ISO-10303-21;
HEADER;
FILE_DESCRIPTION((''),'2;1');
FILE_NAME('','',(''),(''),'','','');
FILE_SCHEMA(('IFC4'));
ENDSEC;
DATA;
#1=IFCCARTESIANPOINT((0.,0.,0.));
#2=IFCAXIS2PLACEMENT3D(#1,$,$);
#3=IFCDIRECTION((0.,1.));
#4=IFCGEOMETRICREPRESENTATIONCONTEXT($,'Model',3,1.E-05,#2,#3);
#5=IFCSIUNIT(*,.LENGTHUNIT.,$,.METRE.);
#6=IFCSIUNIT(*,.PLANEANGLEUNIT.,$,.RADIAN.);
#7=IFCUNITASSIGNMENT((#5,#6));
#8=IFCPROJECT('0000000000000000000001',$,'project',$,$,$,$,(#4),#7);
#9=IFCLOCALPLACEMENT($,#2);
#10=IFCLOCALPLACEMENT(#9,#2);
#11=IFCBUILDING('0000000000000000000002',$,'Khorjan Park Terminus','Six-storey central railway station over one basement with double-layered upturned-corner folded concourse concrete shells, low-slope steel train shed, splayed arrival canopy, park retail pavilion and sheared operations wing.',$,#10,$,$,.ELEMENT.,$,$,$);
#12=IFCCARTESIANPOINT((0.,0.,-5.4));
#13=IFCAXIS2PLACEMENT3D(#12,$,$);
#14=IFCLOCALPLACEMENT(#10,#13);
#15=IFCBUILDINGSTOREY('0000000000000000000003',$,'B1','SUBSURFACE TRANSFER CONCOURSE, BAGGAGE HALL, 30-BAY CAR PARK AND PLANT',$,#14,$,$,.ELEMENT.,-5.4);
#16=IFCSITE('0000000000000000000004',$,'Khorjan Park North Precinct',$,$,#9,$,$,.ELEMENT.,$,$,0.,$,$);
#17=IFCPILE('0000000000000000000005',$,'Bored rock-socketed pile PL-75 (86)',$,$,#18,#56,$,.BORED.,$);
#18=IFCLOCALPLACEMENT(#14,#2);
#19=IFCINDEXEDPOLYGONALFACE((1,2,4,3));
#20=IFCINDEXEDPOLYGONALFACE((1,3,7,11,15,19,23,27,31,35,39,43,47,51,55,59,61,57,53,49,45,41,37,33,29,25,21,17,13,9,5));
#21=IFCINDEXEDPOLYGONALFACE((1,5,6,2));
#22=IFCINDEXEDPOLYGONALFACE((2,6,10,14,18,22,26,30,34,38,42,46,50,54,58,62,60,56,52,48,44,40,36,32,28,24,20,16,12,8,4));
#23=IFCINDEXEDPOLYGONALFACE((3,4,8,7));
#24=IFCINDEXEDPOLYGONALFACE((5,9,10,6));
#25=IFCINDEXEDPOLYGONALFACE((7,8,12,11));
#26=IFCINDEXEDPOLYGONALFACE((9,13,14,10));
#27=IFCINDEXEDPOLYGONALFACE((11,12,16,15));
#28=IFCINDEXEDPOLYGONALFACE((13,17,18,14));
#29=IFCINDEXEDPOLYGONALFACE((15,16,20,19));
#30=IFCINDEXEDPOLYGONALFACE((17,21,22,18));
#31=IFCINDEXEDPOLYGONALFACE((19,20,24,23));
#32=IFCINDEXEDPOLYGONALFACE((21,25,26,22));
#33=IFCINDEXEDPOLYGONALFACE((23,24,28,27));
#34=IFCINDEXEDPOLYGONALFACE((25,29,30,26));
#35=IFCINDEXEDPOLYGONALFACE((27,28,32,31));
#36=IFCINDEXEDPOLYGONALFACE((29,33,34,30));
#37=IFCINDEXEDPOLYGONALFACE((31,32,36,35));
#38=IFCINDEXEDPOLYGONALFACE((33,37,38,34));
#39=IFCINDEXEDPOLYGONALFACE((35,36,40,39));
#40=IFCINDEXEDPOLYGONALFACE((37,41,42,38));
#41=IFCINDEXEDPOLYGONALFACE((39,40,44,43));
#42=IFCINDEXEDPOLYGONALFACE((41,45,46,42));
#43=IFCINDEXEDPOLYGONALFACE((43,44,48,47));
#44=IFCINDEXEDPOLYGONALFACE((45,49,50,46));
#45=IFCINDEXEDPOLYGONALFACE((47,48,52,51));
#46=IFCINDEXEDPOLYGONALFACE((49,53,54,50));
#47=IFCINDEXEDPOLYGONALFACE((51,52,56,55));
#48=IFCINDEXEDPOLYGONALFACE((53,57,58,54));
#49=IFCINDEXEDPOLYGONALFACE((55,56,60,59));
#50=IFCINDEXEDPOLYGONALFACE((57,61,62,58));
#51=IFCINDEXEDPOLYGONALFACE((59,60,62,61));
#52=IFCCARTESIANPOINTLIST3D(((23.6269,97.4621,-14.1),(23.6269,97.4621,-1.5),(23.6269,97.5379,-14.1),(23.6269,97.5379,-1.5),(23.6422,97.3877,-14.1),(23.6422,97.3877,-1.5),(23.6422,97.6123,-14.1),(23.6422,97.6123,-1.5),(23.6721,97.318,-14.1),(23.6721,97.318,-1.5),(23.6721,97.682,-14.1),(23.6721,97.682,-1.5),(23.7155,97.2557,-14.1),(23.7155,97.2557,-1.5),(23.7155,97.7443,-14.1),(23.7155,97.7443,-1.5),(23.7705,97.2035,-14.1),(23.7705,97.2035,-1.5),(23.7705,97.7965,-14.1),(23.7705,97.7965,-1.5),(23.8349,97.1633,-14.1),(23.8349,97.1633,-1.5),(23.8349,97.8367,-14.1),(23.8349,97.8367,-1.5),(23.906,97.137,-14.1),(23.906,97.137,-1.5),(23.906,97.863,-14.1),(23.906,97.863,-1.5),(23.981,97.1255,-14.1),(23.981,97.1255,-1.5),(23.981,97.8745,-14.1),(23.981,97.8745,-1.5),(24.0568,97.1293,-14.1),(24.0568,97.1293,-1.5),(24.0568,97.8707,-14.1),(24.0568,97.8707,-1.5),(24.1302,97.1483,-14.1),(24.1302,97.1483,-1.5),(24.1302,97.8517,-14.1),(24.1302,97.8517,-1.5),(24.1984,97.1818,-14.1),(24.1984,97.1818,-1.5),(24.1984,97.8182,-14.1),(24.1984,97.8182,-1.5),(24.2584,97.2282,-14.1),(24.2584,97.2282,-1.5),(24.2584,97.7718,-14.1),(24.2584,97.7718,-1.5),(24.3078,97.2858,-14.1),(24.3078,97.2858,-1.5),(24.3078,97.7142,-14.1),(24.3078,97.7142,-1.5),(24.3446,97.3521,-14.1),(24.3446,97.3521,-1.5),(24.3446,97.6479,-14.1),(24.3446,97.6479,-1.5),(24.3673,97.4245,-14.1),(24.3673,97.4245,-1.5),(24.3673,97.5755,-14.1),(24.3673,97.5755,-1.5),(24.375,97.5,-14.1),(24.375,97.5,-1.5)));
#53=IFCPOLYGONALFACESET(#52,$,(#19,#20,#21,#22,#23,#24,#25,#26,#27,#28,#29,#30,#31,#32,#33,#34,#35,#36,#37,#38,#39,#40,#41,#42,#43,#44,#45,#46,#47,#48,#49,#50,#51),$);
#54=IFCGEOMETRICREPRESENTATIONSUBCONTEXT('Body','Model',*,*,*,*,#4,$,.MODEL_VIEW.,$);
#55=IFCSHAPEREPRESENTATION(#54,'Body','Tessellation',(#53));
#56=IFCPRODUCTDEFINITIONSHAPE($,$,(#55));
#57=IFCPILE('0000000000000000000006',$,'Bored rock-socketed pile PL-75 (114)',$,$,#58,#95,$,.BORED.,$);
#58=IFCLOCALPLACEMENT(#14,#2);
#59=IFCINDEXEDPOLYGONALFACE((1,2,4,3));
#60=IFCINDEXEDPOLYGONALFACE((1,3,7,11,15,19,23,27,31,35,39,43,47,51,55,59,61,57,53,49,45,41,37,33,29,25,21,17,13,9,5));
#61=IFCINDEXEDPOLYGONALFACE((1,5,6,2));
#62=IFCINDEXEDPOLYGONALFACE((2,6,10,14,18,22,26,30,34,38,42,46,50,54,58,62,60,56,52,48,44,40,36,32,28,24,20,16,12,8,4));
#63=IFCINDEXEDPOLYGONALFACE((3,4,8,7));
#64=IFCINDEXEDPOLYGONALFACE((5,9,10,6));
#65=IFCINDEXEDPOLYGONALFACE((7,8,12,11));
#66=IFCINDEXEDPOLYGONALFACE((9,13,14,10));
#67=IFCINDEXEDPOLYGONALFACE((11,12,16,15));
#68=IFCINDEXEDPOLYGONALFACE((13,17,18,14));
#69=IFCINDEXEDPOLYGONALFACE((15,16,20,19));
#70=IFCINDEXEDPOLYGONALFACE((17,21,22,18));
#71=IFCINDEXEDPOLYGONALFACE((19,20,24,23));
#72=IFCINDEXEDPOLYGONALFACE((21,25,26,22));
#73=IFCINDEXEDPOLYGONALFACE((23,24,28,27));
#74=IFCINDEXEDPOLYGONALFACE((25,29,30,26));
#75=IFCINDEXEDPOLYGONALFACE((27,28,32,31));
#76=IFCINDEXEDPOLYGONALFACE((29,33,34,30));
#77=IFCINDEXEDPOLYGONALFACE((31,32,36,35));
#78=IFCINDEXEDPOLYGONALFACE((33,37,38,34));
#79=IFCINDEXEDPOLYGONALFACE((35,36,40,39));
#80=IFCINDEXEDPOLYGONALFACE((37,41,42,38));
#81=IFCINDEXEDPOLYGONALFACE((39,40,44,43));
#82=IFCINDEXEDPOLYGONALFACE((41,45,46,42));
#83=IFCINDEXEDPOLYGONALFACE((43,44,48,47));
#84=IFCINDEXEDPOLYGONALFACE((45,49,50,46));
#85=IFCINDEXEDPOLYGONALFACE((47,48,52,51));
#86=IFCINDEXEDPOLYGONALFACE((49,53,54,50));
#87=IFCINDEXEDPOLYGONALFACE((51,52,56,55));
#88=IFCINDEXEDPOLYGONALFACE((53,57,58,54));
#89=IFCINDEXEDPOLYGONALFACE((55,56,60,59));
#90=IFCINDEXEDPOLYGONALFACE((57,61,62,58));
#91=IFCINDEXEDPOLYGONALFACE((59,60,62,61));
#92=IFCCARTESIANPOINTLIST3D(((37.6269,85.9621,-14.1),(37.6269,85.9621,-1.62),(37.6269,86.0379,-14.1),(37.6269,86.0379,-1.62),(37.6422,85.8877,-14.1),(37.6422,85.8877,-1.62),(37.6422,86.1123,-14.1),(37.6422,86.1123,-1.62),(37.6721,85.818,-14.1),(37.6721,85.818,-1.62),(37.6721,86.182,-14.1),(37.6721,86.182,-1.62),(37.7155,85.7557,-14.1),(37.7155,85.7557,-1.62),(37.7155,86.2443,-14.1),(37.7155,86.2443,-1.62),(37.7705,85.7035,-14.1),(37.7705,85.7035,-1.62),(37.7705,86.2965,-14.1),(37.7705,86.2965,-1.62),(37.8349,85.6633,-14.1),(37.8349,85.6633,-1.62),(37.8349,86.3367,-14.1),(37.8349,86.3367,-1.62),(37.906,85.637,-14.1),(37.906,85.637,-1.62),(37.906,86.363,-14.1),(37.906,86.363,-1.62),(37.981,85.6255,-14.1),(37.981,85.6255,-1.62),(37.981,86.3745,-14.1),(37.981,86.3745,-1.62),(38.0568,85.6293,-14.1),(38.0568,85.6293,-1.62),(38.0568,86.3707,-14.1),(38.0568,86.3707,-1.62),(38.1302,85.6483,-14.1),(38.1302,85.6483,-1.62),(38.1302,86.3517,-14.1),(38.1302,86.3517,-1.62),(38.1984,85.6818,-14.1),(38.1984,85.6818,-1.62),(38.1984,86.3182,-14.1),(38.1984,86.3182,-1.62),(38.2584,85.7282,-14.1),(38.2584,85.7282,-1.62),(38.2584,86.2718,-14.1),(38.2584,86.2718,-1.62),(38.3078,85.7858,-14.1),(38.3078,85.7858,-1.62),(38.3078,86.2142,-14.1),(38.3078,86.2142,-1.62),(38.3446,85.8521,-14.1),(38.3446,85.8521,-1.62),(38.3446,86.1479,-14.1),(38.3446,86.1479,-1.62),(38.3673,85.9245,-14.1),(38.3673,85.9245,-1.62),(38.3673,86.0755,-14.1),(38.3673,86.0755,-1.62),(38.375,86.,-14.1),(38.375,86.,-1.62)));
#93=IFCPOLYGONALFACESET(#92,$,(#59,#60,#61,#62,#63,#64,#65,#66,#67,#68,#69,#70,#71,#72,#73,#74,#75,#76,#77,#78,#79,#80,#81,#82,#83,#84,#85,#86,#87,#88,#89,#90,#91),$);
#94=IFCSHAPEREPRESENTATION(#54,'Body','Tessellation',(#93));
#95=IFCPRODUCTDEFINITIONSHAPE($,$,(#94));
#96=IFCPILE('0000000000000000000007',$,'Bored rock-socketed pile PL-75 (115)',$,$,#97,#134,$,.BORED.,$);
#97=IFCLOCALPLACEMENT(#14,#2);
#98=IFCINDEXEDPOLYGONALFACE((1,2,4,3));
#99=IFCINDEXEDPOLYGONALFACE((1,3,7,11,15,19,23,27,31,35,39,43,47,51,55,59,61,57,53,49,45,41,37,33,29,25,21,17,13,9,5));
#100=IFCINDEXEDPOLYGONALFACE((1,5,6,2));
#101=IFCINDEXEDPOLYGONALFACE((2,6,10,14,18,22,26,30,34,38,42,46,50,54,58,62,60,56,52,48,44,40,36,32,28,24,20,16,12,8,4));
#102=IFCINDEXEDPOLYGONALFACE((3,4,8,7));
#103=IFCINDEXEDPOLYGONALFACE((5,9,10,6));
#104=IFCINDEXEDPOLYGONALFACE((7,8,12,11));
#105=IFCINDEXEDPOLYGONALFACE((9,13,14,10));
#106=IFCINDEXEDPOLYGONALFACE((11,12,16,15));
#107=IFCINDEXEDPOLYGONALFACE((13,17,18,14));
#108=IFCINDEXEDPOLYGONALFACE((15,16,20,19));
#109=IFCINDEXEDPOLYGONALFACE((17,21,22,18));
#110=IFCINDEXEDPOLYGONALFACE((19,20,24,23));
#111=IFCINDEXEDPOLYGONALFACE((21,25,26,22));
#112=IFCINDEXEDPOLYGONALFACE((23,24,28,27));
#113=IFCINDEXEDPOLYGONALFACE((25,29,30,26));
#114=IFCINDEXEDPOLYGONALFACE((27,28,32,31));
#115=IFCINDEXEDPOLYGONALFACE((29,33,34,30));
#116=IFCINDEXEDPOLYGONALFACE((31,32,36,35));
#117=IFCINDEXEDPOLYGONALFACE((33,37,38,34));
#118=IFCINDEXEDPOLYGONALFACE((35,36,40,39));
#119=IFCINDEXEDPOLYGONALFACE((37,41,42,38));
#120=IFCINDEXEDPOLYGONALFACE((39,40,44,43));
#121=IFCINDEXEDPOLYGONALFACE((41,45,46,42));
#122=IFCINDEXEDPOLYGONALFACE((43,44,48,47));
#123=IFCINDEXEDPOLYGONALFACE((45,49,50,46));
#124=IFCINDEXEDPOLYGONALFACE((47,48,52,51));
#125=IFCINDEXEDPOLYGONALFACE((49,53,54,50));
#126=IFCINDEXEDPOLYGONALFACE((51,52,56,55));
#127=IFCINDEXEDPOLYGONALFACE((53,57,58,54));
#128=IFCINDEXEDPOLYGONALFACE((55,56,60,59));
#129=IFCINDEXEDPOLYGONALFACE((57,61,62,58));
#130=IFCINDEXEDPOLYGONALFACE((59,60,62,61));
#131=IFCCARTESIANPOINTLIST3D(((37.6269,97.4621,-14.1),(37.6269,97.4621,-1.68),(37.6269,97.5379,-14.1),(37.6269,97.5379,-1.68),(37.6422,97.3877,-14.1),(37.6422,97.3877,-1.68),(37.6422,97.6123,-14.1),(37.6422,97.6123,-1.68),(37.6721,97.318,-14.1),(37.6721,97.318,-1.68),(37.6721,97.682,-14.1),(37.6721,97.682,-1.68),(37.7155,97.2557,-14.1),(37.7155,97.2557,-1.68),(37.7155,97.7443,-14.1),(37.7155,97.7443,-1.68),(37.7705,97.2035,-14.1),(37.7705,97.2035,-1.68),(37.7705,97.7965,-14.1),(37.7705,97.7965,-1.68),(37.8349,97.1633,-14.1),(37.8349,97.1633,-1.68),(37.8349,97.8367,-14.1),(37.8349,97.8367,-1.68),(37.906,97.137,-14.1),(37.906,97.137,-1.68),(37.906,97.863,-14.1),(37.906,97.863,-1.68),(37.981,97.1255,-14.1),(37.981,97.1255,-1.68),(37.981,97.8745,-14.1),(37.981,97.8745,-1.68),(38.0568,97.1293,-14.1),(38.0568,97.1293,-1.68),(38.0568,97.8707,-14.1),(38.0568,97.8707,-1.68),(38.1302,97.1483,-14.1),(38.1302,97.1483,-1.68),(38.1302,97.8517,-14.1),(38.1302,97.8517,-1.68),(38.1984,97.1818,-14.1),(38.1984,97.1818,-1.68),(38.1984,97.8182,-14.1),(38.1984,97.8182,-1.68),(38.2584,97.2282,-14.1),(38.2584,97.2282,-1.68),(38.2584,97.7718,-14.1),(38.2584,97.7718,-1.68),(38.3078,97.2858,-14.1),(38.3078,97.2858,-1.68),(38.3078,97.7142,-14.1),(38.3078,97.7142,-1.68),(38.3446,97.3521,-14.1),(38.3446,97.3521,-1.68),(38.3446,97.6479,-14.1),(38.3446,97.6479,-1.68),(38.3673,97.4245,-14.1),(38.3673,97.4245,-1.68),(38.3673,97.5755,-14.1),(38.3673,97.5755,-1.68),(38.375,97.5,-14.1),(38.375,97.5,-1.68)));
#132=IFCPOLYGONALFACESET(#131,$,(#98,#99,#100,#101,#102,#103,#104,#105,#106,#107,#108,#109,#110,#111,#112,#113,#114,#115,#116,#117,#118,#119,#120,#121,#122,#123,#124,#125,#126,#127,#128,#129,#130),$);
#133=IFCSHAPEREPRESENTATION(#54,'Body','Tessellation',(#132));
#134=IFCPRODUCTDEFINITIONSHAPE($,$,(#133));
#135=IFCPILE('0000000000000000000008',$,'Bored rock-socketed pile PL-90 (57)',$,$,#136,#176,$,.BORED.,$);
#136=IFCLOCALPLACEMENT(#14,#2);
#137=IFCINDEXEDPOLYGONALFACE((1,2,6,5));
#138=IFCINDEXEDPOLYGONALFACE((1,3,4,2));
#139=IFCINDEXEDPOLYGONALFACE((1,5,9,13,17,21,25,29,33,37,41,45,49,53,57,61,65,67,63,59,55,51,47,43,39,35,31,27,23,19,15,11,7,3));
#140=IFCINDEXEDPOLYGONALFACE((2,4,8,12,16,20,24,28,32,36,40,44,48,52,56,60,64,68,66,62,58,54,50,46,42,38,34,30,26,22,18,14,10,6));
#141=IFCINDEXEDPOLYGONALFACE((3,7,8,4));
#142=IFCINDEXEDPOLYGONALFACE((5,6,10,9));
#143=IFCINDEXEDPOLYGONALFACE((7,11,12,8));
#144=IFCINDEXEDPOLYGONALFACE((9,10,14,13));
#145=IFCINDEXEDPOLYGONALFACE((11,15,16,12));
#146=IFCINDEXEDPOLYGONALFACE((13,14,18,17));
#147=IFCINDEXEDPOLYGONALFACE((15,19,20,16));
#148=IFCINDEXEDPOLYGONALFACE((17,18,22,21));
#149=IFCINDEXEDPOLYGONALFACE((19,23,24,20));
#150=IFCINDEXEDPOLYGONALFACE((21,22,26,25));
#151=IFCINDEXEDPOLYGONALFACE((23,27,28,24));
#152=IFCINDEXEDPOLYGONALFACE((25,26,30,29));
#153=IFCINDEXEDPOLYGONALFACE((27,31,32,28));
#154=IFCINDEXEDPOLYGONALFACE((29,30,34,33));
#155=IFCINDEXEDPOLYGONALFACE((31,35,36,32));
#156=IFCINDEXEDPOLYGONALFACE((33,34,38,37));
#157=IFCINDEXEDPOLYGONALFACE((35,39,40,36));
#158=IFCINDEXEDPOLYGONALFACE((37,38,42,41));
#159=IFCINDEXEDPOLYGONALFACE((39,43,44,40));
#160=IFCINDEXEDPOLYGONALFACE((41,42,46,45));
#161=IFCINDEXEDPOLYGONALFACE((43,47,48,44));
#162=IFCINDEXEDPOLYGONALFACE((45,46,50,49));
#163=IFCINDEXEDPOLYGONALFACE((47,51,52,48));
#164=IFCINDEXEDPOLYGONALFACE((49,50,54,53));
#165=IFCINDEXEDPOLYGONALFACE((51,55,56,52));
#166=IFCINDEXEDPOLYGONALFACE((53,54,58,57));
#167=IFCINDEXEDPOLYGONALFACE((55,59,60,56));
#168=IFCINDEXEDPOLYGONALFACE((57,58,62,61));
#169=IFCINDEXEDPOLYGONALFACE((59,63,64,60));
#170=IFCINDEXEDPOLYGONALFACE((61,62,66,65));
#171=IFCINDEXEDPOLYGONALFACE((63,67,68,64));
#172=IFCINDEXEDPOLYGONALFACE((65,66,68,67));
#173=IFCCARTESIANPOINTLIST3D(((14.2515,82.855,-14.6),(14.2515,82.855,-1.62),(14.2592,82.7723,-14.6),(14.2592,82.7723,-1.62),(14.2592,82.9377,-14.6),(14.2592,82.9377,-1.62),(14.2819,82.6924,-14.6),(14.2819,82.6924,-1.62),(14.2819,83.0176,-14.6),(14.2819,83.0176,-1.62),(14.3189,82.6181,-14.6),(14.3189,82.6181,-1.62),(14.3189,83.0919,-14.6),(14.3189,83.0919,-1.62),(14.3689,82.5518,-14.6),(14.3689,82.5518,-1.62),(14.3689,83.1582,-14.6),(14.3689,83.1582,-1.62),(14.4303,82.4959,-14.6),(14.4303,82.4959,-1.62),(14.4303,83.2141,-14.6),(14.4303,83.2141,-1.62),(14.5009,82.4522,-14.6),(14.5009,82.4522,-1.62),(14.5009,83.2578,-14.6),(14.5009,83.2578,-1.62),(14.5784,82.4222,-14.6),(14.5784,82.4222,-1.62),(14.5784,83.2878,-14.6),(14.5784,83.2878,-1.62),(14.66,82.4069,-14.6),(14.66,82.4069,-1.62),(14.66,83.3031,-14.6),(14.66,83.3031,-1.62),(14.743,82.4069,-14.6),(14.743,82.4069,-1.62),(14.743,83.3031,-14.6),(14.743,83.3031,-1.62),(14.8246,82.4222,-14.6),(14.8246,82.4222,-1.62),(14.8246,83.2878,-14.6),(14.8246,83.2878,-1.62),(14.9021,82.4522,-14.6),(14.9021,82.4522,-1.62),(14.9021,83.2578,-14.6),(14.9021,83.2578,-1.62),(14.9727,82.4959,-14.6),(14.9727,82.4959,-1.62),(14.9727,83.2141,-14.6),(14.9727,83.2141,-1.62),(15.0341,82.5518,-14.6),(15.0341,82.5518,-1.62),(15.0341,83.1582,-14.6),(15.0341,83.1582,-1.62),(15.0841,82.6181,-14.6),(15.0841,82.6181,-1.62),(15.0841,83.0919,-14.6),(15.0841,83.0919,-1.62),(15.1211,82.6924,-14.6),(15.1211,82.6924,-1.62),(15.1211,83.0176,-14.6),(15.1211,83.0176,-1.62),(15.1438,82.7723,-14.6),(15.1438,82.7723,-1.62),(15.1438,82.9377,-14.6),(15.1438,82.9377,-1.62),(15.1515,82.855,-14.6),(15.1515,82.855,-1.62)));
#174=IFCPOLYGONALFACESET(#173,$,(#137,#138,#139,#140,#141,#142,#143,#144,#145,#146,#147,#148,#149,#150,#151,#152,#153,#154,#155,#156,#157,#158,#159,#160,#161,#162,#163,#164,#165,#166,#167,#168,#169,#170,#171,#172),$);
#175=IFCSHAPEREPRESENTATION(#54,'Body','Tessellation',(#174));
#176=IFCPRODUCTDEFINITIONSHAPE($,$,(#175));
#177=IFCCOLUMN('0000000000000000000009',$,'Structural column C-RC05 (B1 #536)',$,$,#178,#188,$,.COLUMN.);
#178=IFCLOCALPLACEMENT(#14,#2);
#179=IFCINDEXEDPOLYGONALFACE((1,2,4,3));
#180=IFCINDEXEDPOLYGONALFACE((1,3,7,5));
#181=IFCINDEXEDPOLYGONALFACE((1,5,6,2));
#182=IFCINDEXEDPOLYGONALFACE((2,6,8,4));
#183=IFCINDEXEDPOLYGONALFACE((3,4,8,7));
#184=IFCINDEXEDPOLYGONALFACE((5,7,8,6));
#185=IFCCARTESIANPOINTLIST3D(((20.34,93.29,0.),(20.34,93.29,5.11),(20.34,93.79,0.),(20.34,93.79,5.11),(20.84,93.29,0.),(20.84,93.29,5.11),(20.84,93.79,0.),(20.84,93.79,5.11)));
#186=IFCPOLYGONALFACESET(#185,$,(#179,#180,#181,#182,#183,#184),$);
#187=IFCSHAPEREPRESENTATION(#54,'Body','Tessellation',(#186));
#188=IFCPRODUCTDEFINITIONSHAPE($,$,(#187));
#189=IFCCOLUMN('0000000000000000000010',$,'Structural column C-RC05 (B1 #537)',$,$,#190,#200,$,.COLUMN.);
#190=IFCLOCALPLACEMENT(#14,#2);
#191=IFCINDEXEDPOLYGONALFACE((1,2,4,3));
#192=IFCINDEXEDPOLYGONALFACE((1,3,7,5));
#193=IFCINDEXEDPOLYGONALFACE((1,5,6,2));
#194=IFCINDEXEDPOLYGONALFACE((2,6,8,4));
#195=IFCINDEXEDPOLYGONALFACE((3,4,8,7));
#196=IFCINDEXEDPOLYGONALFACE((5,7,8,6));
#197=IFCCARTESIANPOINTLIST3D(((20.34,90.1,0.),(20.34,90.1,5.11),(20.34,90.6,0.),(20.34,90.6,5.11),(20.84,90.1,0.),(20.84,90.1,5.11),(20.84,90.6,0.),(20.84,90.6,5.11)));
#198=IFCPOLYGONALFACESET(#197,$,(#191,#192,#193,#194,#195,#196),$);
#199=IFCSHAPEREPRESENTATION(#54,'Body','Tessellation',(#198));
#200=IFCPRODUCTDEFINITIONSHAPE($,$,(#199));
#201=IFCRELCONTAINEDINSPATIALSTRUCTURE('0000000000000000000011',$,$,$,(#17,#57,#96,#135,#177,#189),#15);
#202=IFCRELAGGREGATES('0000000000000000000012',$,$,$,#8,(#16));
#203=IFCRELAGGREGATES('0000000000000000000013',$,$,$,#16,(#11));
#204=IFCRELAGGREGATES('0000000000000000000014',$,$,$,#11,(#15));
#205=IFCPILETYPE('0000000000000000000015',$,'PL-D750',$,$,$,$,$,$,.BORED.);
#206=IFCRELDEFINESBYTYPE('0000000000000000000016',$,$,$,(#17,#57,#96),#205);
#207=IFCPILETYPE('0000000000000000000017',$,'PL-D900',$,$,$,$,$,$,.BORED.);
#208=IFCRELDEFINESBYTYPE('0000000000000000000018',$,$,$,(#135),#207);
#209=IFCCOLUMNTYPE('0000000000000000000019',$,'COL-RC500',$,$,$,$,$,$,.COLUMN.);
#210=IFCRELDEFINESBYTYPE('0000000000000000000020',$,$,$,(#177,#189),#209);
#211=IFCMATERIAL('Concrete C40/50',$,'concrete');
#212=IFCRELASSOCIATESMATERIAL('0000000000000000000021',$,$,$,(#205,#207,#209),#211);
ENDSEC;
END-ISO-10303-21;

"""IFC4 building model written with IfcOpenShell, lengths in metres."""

from ifc_helpers import new_model, si_unit, direction, frame, origin, origin_2d, place, context, subcontext, project, spatial, rectangle, circle, extrude, material, material_profile, profile_set, type_object, element, save


model = new_model("IFC4")

# Units and contexts
model_context = context("Model", 3, precision=1e-05, world=origin(), true_north=direction((0.0, 1.0)))
body_context = subcontext(model_context, "Body", "Model", "MODEL_VIEW")
ifc_project = project(units=[si_unit("LENGTHUNIT", "METRE"), si_unit("PLANEANGLEUNIT", "RADIAN")], contexts=[model_context])

# Site, building, storey
site_placement = place(None, origin())
site = spatial("IfcSite", under=ifc_project, at=site_placement, Name="Khorjan Park North Precinct", CompositionType="ELEMENT", RefElevation=0.0)
building_placement = place(site_placement, origin())
building = spatial("IfcBuilding", under=site, at=building_placement, Name="Khorjan Park Terminus", Description="Six-storey central railway station over one basement with double-layered upturned-corner folded concourse concrete shells, low-slope steel train shed, splayed arrival canopy, park retail pavilion and sheared operations wing.", CompositionType="ELEMENT")
storey_placement = place(building_placement, frame((0.0, 0.0, -5.4)))
storey = spatial("IfcBuildingStorey", under=building, at=storey_placement, Name="B1", Description="SUBSURFACE TRANSFER CONCOURSE, BAGGAGE HALL, 30-BAY CAR PARK AND PLANT", CompositionType="ELEMENT", Elevation=-5.4)

# Shared definitions
ifc_material_1 = material(Name="Concrete C40/50", Category="concrete")

# Piles
ifc_material_profile_1 = material_profile(ifc_material_1, circle(Radius=0.375, at=origin_2d()), Name="BORED D750")
ifc_profile_set_1 = profile_set([ifc_material_profile_1], Name="Concrete C40/50")
pile_type_1 = type_object("IfcPileType", Name="PL-D750", PredefinedType="BORED", material=ifc_profile_set_1)
pile_1_placement = place(storey_placement, frame((24.0, 97.5, -1.5), z_axis=(0.0, 0.0, -1.0), x_axis=(1.0, 0.0, 0.0)))
element("IfcPile", 1, at=pile_1_placement, inside=storey, type_object=pile_type_1, Name="Bored rock-socketed pile PL-75 (86)", PredefinedType="BORED", context=body_context, shape_type="SweptSolid", body=[
    extrude(circle(Radius=0.375, at=origin_2d()), origin(), (0.0, 0.0, 1.0), 12.6),
])
pile_2_placement = place(storey_placement, frame((38.0, 86.0, -1.62), z_axis=(0.0, 0.0, -1.0), x_axis=(1.0, 0.0, 0.0)))
element("IfcPile", 2, at=pile_2_placement, inside=storey, type_object=pile_type_1, Name="Bored rock-socketed pile PL-75 (114)", PredefinedType="BORED", context=body_context, shape_type="SweptSolid", body=[
    extrude(circle(Radius=0.375, at=origin_2d()), origin(), (0.0, 0.0, 1.0), 12.48),
])
pile_3_placement = place(storey_placement, frame((38.0, 97.5, -1.68), z_axis=(0.0, 0.0, -1.0), x_axis=(1.0, 0.0, 0.0)))
element("IfcPile", 3, at=pile_3_placement, inside=storey, type_object=pile_type_1, Name="Bored rock-socketed pile PL-75 (115)", PredefinedType="BORED", context=body_context, shape_type="SweptSolid", body=[
    extrude(circle(Radius=0.375, at=origin_2d()), origin(), (0.0, 0.0, 1.0), 12.42),
])
ifc_material_profile_2 = material_profile(ifc_material_1, circle(Radius=0.45, at=origin_2d()), Name="BORED D900")
ifc_profile_set_2 = profile_set([ifc_material_profile_2], Name="Concrete C40/50")
pile_type_2 = type_object("IfcPileType", Name="PL-D900", PredefinedType="BORED", material=ifc_profile_set_2)
pile_4_placement = place(storey_placement, frame((14.7015, 82.855, -1.62), z_axis=(0.0, 0.0, -1.0), x_axis=(1.0, 0.0, 0.0)))
element("IfcPile", 4, at=pile_4_placement, inside=storey, type_object=pile_type_2, Name="Bored rock-socketed pile PL-90 (57)", PredefinedType="BORED", context=body_context, shape_type="SweptSolid", body=[
    extrude(circle(Radius=0.45, at=origin_2d()), origin(), (0.0, 0.0, 1.0), 12.98),
])

# Columns
ifc_material_profile_3 = material_profile(ifc_material_1, rectangle(XDim=0.5, YDim=0.5, at=origin_2d()), Name="RC 500x500")
ifc_profile_set_3 = profile_set([ifc_material_profile_3], Name="Concrete C40/50")
column_type_1 = type_object("IfcColumnType", Name="COL-RC500", PredefinedType="COLUMN", material=ifc_profile_set_3)
for number, where, z_axis, x_axis, name in (
    (5, (20.59, 93.54, 0.0), (0.0, 0.0, 1.0), (1.0, 0.0, 0.0), "Structural column C-RC05 (B1 #536)"),
    (6, (20.59, 90.35, 0.0), (0.0, 0.0, 1.0), (1.0, 0.0, 0.0), "Structural column C-RC05 (B1 #537)"),
):
    element("IfcColumn", number, at=place(storey_placement, frame(where, z_axis=z_axis, x_axis=x_axis)), inside=storey, type_object=column_type_1, Name=name, PredefinedType="COLUMN", context=body_context, shape_type="SweptSolid", body=[
        extrude(rectangle(XDim=0.5, YDim=0.5, at=origin_2d()), origin(), (0.0, 0.0, 1.0), 5.11),
    ])

save(model, "model.ifc")
